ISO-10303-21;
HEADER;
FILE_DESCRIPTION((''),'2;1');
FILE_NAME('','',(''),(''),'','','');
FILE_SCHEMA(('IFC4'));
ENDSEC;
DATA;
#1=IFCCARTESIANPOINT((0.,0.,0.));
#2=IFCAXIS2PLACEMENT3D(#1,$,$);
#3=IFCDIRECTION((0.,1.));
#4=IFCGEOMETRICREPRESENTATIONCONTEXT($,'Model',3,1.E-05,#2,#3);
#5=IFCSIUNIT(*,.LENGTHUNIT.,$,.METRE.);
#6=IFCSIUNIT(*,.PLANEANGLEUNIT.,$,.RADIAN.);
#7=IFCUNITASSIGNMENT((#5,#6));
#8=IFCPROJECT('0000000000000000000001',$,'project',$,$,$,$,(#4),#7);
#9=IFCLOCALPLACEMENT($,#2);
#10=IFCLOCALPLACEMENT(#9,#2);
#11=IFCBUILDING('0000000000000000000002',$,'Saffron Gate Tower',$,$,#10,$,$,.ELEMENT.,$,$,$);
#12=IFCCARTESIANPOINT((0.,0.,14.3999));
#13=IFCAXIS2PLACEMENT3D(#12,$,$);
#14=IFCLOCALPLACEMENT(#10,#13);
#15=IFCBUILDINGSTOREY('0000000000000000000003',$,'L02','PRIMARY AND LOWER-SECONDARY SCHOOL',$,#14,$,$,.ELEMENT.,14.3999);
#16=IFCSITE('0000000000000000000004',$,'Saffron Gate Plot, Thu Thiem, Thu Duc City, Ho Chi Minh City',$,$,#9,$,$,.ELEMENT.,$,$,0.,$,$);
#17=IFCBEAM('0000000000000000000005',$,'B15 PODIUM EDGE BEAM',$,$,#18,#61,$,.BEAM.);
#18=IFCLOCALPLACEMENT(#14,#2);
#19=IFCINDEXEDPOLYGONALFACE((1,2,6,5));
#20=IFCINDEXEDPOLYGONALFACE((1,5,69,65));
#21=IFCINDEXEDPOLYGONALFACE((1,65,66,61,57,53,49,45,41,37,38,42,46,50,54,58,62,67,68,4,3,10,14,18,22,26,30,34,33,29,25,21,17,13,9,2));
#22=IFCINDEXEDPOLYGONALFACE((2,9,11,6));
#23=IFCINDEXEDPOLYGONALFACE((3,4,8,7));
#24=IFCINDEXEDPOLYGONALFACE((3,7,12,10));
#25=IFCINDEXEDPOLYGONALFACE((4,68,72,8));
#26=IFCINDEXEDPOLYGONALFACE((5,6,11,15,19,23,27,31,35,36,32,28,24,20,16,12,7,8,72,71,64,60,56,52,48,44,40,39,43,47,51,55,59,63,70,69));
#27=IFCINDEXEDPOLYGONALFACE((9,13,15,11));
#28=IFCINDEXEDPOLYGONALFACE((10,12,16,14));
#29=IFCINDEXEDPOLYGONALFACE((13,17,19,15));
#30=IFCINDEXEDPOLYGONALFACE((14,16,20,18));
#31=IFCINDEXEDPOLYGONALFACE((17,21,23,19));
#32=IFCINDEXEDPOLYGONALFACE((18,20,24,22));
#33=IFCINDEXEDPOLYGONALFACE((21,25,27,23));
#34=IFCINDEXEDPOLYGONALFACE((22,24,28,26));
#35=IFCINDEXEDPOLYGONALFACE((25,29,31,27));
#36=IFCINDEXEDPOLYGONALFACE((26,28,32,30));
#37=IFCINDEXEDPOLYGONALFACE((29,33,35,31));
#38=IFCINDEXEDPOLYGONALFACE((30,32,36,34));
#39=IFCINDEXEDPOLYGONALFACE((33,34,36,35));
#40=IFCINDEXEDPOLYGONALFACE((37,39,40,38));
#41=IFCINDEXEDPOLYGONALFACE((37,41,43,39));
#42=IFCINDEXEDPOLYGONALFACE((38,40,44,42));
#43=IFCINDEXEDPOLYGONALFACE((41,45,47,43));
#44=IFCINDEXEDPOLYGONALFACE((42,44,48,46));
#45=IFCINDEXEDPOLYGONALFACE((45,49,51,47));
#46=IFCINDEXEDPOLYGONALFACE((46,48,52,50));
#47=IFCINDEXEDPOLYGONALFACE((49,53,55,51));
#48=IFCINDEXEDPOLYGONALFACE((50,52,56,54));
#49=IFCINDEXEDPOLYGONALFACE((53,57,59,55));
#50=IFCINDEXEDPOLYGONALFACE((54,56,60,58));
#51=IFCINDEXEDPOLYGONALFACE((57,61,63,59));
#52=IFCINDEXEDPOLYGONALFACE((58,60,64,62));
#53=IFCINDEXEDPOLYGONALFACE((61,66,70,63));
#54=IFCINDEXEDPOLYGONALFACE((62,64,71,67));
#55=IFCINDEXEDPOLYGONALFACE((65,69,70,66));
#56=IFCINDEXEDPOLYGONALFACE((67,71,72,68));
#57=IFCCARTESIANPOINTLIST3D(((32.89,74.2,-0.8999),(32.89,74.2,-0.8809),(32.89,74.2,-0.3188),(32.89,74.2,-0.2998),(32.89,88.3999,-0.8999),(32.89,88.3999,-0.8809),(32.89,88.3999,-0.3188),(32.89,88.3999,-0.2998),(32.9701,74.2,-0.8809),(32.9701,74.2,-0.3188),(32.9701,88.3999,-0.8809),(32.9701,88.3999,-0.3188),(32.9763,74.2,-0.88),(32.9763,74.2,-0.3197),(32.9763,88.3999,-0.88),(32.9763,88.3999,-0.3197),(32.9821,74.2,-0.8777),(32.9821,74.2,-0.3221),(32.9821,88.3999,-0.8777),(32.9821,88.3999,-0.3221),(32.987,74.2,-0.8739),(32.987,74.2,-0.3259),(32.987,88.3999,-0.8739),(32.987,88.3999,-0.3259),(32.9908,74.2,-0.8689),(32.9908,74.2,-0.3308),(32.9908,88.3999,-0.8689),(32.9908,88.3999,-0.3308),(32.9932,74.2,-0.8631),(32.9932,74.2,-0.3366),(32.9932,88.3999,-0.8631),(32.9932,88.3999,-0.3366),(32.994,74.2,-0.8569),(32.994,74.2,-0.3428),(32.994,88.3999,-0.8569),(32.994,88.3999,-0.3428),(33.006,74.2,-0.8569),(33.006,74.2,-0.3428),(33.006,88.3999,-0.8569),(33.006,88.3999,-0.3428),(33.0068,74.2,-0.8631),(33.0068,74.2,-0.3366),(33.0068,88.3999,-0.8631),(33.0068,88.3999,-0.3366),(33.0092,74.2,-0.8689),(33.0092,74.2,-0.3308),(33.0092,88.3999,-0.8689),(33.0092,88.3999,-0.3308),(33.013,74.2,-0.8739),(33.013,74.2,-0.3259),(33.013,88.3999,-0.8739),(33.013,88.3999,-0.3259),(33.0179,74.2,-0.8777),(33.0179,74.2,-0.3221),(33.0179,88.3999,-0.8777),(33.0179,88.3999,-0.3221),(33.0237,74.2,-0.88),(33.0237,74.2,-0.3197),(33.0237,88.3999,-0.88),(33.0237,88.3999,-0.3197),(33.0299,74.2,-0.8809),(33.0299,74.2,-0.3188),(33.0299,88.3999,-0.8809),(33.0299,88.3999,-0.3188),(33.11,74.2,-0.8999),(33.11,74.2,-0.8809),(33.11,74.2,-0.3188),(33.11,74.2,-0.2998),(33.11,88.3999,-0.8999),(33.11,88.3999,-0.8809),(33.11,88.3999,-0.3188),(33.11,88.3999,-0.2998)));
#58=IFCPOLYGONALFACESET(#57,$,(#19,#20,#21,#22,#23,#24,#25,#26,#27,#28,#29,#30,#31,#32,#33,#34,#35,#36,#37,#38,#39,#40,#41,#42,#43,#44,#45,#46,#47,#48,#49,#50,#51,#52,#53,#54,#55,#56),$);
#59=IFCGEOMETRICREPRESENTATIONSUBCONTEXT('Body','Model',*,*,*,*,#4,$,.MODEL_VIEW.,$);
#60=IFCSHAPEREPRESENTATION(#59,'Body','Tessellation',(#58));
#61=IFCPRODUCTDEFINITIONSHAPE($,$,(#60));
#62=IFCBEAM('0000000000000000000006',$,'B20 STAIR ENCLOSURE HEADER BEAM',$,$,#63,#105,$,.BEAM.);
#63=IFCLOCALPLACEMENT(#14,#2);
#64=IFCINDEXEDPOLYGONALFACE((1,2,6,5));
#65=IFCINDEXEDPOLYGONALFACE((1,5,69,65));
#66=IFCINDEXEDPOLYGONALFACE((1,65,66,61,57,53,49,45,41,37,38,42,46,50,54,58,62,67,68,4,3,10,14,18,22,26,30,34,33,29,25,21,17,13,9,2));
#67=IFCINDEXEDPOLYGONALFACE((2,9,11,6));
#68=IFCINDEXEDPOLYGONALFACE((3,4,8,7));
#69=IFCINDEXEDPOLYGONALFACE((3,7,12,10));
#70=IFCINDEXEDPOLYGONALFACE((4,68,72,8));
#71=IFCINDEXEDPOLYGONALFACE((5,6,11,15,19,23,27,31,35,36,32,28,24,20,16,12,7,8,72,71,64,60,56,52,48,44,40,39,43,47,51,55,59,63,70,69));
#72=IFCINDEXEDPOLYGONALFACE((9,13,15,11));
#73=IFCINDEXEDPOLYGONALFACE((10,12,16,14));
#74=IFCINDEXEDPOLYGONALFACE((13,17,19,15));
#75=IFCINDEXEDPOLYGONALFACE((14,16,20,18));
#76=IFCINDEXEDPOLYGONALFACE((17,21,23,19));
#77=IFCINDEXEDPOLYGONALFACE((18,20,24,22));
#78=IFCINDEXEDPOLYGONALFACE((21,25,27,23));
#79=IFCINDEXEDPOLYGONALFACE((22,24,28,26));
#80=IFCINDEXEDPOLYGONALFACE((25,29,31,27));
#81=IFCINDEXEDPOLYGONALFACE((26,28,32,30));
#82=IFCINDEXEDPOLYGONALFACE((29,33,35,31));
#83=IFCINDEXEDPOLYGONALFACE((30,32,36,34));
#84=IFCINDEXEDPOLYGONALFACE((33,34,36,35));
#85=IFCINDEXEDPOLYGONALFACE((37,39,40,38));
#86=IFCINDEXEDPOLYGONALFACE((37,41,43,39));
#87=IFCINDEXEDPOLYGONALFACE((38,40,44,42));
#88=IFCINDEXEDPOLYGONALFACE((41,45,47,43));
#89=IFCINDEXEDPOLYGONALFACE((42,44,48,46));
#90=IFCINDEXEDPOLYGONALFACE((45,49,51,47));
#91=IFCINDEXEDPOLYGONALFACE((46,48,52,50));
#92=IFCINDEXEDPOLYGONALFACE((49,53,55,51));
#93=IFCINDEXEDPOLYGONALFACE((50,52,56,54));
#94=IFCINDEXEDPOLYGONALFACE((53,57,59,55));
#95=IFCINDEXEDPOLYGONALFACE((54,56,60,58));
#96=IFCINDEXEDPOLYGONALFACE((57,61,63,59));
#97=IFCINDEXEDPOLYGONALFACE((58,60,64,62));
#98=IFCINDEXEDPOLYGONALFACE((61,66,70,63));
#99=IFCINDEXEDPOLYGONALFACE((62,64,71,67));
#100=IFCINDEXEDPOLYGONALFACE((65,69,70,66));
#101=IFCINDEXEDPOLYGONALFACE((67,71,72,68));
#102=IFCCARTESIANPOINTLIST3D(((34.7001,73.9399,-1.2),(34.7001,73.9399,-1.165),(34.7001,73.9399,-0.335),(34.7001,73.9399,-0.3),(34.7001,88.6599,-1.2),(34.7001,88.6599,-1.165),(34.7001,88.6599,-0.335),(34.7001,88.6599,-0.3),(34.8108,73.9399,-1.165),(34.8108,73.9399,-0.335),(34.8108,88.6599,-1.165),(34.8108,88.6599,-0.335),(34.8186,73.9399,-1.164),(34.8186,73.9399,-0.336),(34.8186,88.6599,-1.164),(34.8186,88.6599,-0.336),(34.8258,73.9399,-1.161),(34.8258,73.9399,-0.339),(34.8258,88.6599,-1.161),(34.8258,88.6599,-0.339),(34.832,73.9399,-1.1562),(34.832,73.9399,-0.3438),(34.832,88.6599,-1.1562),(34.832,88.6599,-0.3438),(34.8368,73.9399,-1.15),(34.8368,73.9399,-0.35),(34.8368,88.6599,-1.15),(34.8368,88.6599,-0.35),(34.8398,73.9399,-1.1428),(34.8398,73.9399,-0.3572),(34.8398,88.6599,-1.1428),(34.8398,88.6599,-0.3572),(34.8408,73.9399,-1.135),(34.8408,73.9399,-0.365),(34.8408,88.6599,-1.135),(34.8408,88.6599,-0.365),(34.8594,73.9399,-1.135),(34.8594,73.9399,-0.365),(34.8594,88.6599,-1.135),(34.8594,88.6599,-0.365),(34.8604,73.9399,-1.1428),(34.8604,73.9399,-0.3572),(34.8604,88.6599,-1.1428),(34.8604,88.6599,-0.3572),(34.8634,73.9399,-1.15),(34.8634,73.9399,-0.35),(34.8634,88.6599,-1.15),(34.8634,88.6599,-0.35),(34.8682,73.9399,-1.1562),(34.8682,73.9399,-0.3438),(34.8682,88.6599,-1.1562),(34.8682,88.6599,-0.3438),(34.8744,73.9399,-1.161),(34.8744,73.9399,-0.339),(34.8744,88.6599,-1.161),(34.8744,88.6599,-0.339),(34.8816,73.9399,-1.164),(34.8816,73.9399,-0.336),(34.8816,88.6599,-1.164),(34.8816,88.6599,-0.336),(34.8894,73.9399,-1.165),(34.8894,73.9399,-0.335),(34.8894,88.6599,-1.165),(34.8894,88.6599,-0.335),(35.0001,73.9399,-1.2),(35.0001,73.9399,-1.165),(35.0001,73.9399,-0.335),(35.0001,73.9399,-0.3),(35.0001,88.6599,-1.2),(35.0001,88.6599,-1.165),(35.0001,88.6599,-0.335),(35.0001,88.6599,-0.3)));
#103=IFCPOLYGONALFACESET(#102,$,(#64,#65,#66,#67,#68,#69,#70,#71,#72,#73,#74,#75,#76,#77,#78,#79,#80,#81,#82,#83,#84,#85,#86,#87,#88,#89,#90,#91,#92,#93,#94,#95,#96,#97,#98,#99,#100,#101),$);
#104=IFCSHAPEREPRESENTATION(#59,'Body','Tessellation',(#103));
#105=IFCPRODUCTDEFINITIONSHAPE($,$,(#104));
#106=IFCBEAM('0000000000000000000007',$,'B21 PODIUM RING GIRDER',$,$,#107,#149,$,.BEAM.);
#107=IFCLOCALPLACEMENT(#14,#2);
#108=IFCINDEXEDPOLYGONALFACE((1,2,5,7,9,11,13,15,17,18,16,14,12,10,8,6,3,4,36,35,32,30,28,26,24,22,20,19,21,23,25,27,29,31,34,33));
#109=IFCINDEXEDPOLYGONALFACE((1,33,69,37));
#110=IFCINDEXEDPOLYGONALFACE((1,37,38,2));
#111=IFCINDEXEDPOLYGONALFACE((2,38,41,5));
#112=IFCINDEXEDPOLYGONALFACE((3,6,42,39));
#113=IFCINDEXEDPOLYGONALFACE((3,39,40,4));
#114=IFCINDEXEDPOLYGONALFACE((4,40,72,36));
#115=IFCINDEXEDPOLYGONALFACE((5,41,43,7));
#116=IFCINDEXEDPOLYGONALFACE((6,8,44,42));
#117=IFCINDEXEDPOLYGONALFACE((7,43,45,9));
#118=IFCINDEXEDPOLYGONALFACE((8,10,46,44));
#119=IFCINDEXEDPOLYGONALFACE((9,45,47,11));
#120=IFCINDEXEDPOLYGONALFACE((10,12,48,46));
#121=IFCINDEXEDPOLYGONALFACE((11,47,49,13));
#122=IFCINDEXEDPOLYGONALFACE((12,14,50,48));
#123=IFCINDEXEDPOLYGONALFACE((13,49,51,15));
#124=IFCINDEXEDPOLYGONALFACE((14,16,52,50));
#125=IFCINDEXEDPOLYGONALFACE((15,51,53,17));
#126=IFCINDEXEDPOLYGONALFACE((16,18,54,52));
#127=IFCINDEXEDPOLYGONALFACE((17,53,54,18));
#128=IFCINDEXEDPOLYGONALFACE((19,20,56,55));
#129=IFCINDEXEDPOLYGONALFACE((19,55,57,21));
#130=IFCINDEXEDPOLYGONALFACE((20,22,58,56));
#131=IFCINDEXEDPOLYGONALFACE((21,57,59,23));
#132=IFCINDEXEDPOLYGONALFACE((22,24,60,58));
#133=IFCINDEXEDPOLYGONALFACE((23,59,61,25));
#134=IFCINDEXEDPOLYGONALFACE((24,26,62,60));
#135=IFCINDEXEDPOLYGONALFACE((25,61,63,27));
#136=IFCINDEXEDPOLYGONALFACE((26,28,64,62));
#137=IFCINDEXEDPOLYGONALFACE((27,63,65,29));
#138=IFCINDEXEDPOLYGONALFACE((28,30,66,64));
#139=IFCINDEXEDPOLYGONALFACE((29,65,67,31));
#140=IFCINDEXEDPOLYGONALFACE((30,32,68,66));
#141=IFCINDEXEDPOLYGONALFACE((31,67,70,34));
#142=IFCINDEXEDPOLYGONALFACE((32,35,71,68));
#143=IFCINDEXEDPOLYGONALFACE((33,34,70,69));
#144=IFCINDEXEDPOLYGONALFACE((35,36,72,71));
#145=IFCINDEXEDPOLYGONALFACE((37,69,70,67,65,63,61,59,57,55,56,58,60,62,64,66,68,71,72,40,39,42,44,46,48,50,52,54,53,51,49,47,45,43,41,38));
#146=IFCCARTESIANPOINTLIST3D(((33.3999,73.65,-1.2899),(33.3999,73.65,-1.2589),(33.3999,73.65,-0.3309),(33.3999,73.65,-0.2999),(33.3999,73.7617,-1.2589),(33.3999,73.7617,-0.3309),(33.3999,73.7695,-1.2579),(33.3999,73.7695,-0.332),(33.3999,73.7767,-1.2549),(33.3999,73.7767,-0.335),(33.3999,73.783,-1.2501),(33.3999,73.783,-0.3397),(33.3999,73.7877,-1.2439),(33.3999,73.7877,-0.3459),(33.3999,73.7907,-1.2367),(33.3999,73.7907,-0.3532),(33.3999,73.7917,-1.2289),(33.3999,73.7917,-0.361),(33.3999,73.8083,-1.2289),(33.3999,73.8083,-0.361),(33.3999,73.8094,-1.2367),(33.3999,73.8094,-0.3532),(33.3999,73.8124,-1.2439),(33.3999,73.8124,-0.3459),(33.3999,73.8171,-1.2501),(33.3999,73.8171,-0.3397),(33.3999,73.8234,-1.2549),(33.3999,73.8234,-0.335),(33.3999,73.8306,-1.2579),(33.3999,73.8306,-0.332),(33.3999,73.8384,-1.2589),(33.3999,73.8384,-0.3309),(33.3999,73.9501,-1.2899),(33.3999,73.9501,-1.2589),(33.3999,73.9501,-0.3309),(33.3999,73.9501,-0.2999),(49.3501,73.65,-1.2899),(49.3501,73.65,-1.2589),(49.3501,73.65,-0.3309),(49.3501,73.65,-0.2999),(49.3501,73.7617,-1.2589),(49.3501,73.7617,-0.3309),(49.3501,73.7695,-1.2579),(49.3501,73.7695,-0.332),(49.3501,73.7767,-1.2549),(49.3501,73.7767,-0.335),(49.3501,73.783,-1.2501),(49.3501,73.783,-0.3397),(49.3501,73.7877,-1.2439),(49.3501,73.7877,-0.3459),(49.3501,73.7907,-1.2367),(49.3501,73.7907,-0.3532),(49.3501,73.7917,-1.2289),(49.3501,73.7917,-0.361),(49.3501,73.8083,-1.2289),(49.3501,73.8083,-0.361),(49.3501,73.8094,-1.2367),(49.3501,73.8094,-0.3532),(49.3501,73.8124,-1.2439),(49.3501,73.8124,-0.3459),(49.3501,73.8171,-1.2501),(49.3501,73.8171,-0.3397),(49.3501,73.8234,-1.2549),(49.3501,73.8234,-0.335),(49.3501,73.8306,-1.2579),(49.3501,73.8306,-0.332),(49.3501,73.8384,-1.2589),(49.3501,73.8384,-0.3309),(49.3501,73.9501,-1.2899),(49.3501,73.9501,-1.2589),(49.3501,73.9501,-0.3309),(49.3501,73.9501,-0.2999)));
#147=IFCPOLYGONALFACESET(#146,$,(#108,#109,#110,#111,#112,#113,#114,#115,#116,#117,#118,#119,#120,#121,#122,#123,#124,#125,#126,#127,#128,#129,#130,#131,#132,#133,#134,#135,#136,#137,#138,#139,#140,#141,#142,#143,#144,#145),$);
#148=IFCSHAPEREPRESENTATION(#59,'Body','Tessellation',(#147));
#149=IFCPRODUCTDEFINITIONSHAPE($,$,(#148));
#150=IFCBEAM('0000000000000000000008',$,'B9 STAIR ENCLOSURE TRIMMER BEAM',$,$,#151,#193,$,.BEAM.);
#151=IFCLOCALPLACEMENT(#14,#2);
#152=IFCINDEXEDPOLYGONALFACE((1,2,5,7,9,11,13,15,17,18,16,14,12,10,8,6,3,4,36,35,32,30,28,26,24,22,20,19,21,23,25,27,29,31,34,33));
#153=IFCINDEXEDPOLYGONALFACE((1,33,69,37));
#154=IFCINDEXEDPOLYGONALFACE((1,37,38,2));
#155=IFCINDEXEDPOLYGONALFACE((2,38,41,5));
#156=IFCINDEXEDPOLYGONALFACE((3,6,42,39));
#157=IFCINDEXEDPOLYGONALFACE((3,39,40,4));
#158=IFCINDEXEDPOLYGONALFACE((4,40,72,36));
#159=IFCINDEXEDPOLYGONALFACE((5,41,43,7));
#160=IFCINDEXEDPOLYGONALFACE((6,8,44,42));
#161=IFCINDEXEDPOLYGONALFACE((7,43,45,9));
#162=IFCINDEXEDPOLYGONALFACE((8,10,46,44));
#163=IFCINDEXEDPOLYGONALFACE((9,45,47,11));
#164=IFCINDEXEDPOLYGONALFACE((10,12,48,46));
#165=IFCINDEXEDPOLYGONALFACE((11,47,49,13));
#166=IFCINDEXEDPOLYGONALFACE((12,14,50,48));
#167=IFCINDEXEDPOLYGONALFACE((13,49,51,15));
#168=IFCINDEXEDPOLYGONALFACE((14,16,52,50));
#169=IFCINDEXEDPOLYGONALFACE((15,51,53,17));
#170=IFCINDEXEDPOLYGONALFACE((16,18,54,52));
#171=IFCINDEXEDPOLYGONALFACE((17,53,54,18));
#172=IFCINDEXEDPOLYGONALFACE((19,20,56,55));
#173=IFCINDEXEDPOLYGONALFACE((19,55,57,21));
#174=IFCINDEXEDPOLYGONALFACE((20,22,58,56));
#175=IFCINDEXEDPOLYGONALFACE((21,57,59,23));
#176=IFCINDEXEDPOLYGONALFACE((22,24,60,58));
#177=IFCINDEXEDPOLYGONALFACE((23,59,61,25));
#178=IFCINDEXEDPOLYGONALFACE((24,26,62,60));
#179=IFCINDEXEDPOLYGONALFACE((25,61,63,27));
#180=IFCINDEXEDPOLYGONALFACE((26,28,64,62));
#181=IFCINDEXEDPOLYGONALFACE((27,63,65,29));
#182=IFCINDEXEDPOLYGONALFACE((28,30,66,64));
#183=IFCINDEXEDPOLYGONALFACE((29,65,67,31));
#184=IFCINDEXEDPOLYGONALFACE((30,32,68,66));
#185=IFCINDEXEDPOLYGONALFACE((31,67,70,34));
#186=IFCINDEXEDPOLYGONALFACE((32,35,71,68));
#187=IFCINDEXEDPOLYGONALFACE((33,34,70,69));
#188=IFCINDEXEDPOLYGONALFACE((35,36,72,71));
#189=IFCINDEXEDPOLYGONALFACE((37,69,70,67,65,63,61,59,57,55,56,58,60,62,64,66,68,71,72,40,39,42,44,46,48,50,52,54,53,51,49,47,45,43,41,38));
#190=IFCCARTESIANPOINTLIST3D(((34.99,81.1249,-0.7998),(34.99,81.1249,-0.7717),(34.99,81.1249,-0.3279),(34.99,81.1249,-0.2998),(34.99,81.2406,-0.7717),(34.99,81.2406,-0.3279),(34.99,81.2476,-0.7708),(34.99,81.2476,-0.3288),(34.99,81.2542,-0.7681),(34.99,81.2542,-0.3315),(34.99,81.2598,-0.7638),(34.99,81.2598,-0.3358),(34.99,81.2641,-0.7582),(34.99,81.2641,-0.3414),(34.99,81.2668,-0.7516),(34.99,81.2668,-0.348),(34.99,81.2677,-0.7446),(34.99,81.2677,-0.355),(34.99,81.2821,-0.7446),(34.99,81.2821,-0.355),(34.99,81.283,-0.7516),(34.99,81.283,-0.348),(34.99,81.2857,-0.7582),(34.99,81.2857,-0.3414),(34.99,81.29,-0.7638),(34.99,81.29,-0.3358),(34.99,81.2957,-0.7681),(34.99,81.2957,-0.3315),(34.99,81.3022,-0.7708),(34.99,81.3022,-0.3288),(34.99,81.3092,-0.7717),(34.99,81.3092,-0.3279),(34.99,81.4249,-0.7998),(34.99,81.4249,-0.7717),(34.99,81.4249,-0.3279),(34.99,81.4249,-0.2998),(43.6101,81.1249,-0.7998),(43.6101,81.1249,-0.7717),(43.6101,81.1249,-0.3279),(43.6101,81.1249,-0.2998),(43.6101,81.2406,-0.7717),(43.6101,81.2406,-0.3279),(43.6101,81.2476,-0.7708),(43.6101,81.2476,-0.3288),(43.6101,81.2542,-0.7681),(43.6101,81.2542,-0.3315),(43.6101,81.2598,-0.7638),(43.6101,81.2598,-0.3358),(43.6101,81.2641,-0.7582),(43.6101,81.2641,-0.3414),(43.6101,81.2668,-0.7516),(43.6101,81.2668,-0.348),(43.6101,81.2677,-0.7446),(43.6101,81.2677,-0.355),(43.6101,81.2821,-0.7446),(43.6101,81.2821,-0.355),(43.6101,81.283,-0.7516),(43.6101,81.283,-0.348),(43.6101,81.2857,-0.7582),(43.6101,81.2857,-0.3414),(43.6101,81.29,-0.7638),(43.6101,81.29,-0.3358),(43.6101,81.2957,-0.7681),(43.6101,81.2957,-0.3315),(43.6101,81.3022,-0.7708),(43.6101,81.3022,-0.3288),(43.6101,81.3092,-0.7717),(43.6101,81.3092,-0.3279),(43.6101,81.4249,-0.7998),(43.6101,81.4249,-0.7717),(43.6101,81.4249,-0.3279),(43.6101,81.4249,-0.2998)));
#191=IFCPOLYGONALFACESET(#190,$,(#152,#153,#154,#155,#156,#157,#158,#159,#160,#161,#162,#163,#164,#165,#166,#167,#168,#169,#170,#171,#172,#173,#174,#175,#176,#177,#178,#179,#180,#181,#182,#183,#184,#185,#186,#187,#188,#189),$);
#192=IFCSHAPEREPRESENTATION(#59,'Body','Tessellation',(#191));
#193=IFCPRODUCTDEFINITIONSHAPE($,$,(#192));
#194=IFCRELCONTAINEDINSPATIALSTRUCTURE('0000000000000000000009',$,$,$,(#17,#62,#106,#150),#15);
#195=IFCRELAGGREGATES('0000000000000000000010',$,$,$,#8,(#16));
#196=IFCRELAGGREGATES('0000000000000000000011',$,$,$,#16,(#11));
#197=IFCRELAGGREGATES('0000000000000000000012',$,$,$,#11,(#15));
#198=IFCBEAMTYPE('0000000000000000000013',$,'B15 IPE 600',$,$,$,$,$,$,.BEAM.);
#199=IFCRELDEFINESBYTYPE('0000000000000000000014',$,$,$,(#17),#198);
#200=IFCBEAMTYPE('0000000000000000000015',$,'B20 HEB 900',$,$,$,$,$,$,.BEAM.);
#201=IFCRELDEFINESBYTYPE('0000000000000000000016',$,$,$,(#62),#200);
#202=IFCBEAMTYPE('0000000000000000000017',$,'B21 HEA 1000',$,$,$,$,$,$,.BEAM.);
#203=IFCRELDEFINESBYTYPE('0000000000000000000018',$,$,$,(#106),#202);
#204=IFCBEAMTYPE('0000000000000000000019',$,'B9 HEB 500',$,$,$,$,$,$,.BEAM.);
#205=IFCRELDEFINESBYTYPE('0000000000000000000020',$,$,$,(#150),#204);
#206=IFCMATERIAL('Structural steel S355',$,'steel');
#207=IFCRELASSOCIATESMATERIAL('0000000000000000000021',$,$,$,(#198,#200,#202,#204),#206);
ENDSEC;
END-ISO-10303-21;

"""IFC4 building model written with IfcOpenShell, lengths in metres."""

from ifc_helpers import new_model, si_unit, direction, frame, origin, origin_2d, place, context, subcontext, project, spatial, i_section, extrude, material, material_profile, profile_set, type_object, element, save


model = new_model("IFC4")

# Units and contexts
model_context = context("Model", 3, precision=1e-05, world=origin(), true_north=direction((0.0, 1.0)))
body_context = subcontext(model_context, "Body", "Model", "MODEL_VIEW")
ifc_project = project(units=[si_unit("LENGTHUNIT", "METRE"), si_unit("PLANEANGLEUNIT", "RADIAN")], contexts=[model_context])

# Site, building, storey
site_placement = place(None, origin())
site = spatial("IfcSite", under=ifc_project, at=site_placement, Name="Saffron Gate Plot, Thu Thiem, Thu Duc City, Ho Chi Minh City", CompositionType="ELEMENT", RefElevation=0.0)
building_placement = place(site_placement, origin())
building = spatial("IfcBuilding", under=site, at=building_placement, Name="Saffron Gate Tower", CompositionType="ELEMENT")
storey_placement = place(building_placement, frame((0.0, 0.0, 14.3999)))
storey = spatial("IfcBuildingStorey", under=building, at=storey_placement, Name="L02", Description="PRIMARY AND LOWER-SECONDARY SCHOOL", CompositionType="ELEMENT", Elevation=14.3999)

# Beams
ifc_material_1 = material(Name="Structural steel S355", Category="steel")
ifc_material_profile_1 = material_profile(ifc_material_1, i_section(OverallWidth=0.22, OverallDepth=0.6001, WebThickness=0.012, FlangeThickness=0.019, FilletRadius=0.0239, at=origin_2d()))
ifc_profile_set_1 = profile_set([ifc_material_profile_1], Name="Structural steel S355")
beam_type_1 = type_object("IfcBeamType", Name="B15 IPE 600", PredefinedType="BEAM", material=ifc_profile_set_1)
beam_1_placement = place(storey_placement, frame((33.0, 74.2, -0.5999), z_axis=(0.0, 1.0, 0.0), x_axis=(-1.0, 0.0, 0.0)))
element("IfcBeam", 1, at=beam_1_placement, inside=storey, type_object=beam_type_1, Name="B15 PODIUM EDGE BEAM", PredefinedType="BEAM", context=body_context, shape_type="SweptSolid", body=[
    extrude(i_section(OverallWidth=0.22, OverallDepth=0.6001, WebThickness=0.012, FlangeThickness=0.019, FilletRadius=0.0239, at=origin_2d()), origin(), (0.0, 0.0, 1.0), 14.2),
])
ifc_material_profile_2 = material_profile(ifc_material_1, i_section(OverallWidth=0.3, OverallDepth=0.8999, WebThickness=0.0186, FlangeThickness=0.0349, FilletRadius=0.03, at=origin_2d()))
ifc_profile_set_2 = profile_set([ifc_material_profile_2], Name="Structural steel S355")
beam_type_2 = type_object("IfcBeamType", Name="B20 HEB 900", PredefinedType="BEAM", material=ifc_profile_set_2)
beam_2_placement = place(storey_placement, frame((34.8501, 73.9399, -0.75), z_axis=(0.0, 1.0, 0.0), x_axis=(-1.0, 0.0, 0.0)))
element("IfcBeam", 2, at=beam_2_placement, inside=storey, type_object=beam_type_2, Name="B20 STAIR ENCLOSURE HEADER BEAM", PredefinedType="BEAM", context=body_context, shape_type="SweptSolid", body=[
    extrude(i_section(OverallWidth=0.3, OverallDepth=0.8999, WebThickness=0.0186, FlangeThickness=0.0349, FilletRadius=0.03, at=origin_2d()), origin(), (0.0, 0.0, 1.0), 14.72),
])
ifc_material_profile_3 = material_profile(ifc_material_1, i_section(OverallWidth=0.3, OverallDepth=0.99, WebThickness=0.0166, FlangeThickness=0.031, FilletRadius=0.03, at=origin_2d()))
ifc_profile_set_3 = profile_set([ifc_material_profile_3], Name="Structural steel S355")
beam_type_3 = type_object("IfcBeamType", Name="B21 HEA 1000", PredefinedType="BEAM", material=ifc_profile_set_3)
beam_3_placement = place(storey_placement, frame((33.3999, 73.8, -0.7949), z_axis=(1.0, 0.0, 0.0), x_axis=(0.0, 1.0, 0.0)))
element("IfcBeam", 3, at=beam_3_placement, inside=storey, type_object=beam_type_3, Name="B21 PODIUM RING GIRDER", PredefinedType="BEAM", context=body_context, shape_type="SweptSolid", body=[
    extrude(i_section(OverallWidth=0.3, OverallDepth=0.99, WebThickness=0.0166, FlangeThickness=0.031, FilletRadius=0.03, at=origin_2d()), origin(), (0.0, 0.0, 1.0), 15.9502),
])
ifc_material_profile_4 = material_profile(ifc_material_1, i_section(OverallWidth=0.3, OverallDepth=0.5, WebThickness=0.0144, FlangeThickness=0.0281, FilletRadius=0.0271, at=origin_2d()))
ifc_profile_set_4 = profile_set([ifc_material_profile_4], Name="Structural steel S355")
beam_type_4 = type_object("IfcBeamType", Name="B9 HEB 500", PredefinedType="BEAM", material=ifc_profile_set_4)
beam_4_placement = place(storey_placement, frame((34.99, 81.2749, -0.5498), z_axis=(1.0, 0.0, 0.0), x_axis=(0.0, 1.0, 0.0)))
element("IfcBeam", 4, at=beam_4_placement, inside=storey, type_object=beam_type_4, Name="B9 STAIR ENCLOSURE TRIMMER BEAM", PredefinedType="BEAM", context=body_context, shape_type="SweptSolid", body=[
    extrude(i_section(OverallWidth=0.3, OverallDepth=0.5, WebThickness=0.0144, FlangeThickness=0.0281, FilletRadius=0.0271, at=origin_2d()), origin(), (0.0, 0.0, 1.0), 8.6201),
])

save(model, "model.ifc")
